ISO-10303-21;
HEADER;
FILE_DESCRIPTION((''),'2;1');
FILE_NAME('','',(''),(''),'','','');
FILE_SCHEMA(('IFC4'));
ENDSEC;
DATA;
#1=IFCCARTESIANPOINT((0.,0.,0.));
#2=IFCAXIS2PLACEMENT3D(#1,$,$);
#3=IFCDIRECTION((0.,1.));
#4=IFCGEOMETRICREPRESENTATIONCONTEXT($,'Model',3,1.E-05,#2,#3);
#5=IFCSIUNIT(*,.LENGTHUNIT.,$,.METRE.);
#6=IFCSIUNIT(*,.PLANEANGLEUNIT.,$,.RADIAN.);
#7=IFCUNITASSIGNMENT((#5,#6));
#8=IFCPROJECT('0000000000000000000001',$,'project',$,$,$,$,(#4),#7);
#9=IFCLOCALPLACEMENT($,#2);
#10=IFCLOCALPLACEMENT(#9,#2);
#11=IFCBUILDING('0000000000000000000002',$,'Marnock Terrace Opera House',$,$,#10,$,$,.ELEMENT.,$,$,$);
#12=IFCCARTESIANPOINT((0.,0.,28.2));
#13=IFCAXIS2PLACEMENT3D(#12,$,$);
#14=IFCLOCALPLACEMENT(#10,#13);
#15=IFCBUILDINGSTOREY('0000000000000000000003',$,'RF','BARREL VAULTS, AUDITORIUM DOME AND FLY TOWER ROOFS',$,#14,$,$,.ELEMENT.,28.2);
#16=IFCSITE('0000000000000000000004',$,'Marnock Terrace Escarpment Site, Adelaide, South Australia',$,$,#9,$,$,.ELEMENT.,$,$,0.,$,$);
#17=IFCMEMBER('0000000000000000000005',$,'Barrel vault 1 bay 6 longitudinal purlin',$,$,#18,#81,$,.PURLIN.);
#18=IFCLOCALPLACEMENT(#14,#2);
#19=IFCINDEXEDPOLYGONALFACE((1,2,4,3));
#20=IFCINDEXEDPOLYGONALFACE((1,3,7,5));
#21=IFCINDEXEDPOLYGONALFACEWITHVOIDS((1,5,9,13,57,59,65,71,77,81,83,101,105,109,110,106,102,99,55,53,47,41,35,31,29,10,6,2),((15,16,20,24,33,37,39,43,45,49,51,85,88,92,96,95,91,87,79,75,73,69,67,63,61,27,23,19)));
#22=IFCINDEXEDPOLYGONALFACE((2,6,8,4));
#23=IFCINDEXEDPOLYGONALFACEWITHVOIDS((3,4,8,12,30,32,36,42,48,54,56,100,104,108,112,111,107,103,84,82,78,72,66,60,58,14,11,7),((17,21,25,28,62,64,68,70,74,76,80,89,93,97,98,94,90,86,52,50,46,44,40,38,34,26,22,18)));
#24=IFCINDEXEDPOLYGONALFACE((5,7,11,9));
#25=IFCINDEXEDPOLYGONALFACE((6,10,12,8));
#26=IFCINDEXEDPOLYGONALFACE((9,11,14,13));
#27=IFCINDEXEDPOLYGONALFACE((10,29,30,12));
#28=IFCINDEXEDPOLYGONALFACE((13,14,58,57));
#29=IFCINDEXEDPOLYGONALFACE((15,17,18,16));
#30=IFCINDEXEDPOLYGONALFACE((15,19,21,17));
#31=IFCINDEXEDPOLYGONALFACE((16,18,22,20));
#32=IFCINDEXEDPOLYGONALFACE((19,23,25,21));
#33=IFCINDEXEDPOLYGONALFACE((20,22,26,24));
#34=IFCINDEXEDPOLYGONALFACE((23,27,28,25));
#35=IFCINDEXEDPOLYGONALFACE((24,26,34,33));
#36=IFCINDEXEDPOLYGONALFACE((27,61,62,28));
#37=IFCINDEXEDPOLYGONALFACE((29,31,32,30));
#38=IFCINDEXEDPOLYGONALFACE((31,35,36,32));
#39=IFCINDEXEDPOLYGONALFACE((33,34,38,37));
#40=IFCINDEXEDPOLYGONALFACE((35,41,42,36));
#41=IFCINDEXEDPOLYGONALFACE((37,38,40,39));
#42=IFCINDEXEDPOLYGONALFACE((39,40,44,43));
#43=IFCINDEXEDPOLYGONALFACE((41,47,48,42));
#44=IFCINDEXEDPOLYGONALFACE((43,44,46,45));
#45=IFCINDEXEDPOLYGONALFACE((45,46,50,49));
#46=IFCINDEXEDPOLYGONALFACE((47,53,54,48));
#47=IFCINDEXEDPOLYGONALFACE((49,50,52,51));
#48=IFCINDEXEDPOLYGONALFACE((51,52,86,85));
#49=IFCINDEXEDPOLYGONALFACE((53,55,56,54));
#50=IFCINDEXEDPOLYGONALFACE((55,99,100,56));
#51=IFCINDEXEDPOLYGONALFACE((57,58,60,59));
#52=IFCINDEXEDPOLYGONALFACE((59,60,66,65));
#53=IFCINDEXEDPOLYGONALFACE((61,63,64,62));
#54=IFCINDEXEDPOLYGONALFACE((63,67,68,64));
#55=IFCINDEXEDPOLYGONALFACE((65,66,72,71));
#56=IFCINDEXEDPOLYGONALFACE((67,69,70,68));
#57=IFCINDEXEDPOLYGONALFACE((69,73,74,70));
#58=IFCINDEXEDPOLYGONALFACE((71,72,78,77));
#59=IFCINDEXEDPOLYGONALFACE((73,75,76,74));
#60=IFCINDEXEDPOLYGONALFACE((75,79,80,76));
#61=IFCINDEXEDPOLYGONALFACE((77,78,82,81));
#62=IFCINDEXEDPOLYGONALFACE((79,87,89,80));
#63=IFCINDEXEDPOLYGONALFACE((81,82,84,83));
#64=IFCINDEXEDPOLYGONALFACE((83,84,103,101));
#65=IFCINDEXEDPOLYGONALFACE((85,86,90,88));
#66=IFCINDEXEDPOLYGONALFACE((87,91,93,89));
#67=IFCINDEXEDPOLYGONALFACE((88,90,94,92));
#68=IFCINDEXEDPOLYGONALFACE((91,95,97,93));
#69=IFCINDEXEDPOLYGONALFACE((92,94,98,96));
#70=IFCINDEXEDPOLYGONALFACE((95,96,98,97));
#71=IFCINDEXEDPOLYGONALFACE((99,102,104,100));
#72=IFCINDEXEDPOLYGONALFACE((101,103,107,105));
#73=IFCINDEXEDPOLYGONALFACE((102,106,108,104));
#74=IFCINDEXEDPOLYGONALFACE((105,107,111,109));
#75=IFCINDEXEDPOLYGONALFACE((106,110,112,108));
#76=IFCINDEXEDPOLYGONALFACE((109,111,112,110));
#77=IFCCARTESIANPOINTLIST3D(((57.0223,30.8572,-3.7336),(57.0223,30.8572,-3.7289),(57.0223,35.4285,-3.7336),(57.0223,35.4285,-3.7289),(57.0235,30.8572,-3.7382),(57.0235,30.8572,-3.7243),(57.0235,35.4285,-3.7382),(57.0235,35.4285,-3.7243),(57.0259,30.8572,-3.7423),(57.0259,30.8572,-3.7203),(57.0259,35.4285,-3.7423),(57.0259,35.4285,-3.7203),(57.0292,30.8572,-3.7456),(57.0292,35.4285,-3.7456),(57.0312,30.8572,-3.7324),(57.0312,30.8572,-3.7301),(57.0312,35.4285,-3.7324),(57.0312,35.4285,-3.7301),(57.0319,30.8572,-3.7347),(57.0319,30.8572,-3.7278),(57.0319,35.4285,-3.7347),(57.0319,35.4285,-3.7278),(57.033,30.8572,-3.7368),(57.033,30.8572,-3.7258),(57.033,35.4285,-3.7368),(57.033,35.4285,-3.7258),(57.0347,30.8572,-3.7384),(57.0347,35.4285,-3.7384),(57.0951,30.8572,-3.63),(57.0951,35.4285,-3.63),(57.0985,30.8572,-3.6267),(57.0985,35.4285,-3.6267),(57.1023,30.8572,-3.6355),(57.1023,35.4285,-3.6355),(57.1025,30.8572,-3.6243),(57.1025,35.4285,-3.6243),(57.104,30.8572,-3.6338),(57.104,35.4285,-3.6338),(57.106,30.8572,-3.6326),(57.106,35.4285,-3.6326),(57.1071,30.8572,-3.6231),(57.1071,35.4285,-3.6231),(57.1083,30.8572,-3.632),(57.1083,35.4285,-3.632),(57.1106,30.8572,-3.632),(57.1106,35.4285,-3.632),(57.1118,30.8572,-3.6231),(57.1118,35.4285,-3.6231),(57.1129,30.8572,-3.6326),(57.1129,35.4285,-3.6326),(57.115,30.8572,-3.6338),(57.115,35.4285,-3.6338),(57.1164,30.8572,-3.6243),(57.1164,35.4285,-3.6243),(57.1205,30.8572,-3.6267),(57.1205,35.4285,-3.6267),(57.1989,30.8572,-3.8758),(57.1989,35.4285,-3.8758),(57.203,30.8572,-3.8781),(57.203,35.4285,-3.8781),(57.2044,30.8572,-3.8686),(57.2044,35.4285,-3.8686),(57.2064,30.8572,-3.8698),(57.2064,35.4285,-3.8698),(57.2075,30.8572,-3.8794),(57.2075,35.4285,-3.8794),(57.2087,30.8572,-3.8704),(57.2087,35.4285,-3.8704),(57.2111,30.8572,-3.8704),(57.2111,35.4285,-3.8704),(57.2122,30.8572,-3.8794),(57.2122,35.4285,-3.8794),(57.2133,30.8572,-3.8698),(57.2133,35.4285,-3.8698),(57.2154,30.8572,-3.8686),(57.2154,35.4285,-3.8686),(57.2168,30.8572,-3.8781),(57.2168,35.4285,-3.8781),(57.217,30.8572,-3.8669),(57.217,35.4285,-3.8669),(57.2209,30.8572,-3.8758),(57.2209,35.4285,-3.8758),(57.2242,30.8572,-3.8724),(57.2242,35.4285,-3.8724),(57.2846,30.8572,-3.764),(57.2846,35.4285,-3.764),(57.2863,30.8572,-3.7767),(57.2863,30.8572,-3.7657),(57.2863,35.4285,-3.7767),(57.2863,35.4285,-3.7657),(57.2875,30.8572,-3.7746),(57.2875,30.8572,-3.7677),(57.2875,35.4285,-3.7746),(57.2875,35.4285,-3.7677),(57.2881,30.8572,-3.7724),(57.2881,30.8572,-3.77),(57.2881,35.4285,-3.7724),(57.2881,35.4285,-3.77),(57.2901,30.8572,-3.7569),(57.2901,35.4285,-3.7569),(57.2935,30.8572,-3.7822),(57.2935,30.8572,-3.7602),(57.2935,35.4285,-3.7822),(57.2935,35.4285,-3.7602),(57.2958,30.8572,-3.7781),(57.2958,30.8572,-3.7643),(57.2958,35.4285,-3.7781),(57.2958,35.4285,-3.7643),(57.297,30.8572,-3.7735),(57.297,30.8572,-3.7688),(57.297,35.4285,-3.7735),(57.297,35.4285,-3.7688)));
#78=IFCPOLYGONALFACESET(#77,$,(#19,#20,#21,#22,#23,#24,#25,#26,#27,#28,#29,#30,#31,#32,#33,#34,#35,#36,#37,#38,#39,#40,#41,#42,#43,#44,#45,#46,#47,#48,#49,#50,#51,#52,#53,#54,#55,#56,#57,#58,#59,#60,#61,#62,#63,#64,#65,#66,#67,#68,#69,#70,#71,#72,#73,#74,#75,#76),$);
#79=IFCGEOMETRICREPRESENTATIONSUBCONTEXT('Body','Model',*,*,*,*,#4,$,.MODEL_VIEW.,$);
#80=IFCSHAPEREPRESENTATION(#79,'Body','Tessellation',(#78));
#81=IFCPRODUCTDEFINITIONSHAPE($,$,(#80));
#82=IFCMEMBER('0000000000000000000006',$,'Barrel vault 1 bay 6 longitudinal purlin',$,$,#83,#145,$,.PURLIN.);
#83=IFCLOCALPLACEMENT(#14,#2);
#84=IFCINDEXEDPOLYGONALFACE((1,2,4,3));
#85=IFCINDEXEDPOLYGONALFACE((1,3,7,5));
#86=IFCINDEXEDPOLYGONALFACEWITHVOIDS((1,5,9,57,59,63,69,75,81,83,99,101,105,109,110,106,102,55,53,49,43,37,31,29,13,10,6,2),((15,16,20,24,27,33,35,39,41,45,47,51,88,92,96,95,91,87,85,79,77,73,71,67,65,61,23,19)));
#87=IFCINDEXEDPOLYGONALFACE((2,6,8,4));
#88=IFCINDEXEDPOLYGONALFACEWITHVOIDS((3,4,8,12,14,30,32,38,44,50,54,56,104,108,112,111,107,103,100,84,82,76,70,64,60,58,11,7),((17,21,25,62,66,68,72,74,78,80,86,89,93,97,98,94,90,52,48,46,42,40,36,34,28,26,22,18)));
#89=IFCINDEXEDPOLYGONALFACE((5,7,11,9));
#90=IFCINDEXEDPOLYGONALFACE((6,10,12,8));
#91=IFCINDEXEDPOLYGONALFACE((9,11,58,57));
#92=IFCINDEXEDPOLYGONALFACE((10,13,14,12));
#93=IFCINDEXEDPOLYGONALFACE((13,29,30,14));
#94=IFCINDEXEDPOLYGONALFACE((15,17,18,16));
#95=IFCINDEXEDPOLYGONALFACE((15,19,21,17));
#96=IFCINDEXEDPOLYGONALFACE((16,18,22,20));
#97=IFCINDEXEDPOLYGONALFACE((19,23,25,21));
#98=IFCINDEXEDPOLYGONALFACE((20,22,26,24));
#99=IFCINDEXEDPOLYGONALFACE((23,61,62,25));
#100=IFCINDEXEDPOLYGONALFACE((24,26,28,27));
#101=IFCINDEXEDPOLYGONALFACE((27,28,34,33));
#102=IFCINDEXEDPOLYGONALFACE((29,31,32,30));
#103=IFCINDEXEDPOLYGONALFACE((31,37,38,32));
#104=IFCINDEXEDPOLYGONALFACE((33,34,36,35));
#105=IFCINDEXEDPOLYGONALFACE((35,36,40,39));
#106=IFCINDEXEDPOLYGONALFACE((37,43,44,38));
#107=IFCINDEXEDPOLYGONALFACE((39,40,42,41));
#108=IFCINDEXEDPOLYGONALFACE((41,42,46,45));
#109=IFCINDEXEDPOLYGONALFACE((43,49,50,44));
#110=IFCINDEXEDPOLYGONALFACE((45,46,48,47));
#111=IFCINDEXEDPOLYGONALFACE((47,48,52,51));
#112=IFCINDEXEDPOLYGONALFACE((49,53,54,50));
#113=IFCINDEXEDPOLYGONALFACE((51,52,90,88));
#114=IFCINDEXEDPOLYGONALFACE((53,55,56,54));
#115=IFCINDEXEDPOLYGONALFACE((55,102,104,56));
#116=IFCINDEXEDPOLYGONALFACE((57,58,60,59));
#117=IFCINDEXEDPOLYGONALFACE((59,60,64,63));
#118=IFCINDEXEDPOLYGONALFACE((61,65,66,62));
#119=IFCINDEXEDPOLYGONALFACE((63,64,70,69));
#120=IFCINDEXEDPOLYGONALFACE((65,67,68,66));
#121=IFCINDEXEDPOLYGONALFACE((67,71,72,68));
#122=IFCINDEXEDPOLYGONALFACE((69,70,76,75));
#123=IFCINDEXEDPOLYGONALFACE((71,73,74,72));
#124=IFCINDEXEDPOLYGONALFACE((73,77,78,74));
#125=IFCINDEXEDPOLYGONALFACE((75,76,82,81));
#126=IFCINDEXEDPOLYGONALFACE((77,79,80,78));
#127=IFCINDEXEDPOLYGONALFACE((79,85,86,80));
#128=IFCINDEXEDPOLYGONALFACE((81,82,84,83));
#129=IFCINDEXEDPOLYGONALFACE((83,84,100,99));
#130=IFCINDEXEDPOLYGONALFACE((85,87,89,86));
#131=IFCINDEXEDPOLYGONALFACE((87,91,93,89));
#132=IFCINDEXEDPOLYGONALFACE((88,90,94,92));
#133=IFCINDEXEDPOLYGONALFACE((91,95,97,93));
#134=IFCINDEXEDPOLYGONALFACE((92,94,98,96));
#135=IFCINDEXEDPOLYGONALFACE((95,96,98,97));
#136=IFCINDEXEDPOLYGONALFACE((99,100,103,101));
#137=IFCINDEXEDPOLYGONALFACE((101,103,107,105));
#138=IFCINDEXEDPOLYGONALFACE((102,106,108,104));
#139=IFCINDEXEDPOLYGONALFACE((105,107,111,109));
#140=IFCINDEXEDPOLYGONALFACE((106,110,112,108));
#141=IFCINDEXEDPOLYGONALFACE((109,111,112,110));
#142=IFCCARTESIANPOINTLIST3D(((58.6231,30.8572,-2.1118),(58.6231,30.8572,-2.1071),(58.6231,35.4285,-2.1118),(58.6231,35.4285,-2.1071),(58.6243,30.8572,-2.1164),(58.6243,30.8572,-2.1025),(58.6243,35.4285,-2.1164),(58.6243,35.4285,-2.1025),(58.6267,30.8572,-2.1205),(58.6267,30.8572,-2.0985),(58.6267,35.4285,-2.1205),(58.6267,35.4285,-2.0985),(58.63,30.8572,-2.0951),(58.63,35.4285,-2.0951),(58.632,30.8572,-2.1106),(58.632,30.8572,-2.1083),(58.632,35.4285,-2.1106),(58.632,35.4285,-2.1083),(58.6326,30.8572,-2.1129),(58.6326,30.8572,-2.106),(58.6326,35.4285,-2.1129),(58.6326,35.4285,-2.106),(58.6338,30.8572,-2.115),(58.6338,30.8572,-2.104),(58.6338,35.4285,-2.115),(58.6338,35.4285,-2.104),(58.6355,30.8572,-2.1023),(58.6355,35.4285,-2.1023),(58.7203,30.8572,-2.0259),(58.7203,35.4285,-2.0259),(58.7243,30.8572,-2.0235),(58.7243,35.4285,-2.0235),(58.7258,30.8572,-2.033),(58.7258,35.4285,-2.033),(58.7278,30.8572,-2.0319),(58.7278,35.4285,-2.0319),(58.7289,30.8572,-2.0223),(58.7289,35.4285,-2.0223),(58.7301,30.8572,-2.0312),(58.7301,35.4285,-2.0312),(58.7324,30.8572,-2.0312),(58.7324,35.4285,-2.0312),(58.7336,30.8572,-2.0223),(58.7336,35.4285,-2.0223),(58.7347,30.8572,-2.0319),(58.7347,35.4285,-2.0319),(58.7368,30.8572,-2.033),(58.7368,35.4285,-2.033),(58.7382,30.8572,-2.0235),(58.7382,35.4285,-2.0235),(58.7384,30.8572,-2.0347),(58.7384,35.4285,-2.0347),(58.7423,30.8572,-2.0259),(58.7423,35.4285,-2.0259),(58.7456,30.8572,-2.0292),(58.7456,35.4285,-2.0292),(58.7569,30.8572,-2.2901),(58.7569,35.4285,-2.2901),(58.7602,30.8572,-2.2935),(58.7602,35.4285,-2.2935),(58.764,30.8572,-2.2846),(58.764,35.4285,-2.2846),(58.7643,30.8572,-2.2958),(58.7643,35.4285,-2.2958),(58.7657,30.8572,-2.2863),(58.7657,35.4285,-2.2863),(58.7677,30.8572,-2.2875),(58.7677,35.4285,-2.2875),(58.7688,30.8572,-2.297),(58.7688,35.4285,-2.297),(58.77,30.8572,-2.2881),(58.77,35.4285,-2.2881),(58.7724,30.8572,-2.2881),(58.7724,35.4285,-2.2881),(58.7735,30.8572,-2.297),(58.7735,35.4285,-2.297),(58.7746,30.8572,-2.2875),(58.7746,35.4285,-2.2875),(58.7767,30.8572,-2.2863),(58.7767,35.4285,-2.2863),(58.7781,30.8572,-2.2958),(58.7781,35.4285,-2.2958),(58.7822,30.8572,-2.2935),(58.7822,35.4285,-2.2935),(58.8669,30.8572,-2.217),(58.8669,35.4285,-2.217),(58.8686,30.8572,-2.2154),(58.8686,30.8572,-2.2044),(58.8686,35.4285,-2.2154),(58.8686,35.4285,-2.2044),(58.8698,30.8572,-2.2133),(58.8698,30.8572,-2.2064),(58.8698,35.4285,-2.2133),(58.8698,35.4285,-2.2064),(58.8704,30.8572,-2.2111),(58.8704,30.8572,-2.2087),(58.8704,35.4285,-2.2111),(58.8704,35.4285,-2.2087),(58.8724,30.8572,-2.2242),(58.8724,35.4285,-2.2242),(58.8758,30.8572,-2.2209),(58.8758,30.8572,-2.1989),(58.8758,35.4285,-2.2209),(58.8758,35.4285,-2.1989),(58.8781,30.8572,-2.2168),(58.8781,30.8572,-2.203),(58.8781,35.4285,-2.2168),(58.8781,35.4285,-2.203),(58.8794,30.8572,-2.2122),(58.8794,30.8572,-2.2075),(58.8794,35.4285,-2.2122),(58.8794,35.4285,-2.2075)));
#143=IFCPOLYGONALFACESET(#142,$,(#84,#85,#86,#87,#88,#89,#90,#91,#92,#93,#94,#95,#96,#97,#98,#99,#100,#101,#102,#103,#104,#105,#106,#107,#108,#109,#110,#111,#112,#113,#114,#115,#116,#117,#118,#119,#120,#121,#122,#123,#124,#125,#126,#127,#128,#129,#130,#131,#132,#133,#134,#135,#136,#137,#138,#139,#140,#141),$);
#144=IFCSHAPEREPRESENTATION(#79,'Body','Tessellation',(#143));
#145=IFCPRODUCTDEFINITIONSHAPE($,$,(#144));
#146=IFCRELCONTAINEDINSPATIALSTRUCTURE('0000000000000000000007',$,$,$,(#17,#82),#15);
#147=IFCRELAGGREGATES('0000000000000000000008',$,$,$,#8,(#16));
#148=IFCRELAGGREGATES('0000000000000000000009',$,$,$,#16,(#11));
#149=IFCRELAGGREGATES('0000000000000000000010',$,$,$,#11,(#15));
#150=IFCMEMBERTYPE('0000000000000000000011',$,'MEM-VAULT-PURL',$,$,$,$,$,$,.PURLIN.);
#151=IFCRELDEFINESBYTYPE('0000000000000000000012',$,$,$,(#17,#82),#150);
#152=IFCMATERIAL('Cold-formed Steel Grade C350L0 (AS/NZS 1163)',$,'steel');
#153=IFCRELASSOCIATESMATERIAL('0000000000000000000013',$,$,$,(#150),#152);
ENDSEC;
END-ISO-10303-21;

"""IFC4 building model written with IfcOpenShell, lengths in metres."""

from ifc_helpers import new_model, si_unit, direction, frame, origin, origin_2d, place, context, subcontext, project, spatial, hollow_rectangle, extrude, material, material_profile, profile_set, type_object, element, save


model = new_model("IFC4")

# Units and contexts
model_context = context("Model", 3, precision=1e-05, world=origin(), true_north=direction((0.0, 1.0)))
body_context = subcontext(model_context, "Body", "Model", "MODEL_VIEW")
ifc_project = project(units=[si_unit("LENGTHUNIT", "METRE"), si_unit("PLANEANGLEUNIT", "RADIAN")], contexts=[model_context])

# Site, building, storey
site_placement = place(None, origin())
site = spatial("IfcSite", under=ifc_project, at=site_placement, Name="Marnock Terrace Escarpment Site, Adelaide, South Australia", CompositionType="ELEMENT", RefElevation=0.0)
building_placement = place(site_placement, origin())
building = spatial("IfcBuilding", under=site, at=building_placement, Name="Marnock Terrace Opera House", CompositionType="ELEMENT")
storey_placement = place(building_placement, frame((0.0, 0.0, 28.2)))
storey = spatial("IfcBuildingStorey", under=building, at=storey_placement, Name="RF", Description="BARREL VAULTS, AUDITORIUM DOME AND FLY TOWER ROOFS", CompositionType="ELEMENT", Elevation=28.2)

# Members
ifc_material_1 = material(Name="Cold-formed Steel Grade C350L0 (AS/NZS 1163)", Category="steel")
ifc_material_profile_1 = material_profile(ifc_material_1, hollow_rectangle(XDim=0.1499, YDim=0.25, WallThickness=0.009, InnerFilletRadius=0.009, OuterFilletRadius=0.0181, at=origin_2d()))
ifc_profile_set_1 = profile_set([ifc_material_profile_1], Name="Cold-formed Steel Grade C350L0 (AS/NZS 1163)")
member_type_1 = type_object("IfcMemberType", Name="MEM-VAULT-PURL", PredefinedType="PURLIN", material=ifc_profile_set_1)
for number, where, z_axis, x_axis, name in (
    (1, (57.1597, 30.8572, -3.7512), (0.0, 1.0, 0.0), (-0.608761, 0.0, -0.793353), "Barrel vault 1 bay 6 longitudinal purlin"),
    (2, (58.7512, 30.8572, -2.1597), (0.0, 1.0, 0.0), (-0.793353, 0.0, -0.608761), "Barrel vault 1 bay 6 longitudinal purlin"),
):
    element("IfcMember", number, at=place(storey_placement, frame(where, z_axis=z_axis, x_axis=x_axis)), inside=storey, type_object=member_type_1, Name=name, PredefinedType="PURLIN", context=body_context, shape_type="SweptSolid", body=[
        extrude(hollow_rectangle(XDim=0.1499, YDim=0.25, WallThickness=0.009, InnerFilletRadius=0.009, OuterFilletRadius=0.0181, at=origin_2d()), origin(), (0.0, 0.0, 1.0), 4.5713),
    ])

save(model, "model.ifc")
